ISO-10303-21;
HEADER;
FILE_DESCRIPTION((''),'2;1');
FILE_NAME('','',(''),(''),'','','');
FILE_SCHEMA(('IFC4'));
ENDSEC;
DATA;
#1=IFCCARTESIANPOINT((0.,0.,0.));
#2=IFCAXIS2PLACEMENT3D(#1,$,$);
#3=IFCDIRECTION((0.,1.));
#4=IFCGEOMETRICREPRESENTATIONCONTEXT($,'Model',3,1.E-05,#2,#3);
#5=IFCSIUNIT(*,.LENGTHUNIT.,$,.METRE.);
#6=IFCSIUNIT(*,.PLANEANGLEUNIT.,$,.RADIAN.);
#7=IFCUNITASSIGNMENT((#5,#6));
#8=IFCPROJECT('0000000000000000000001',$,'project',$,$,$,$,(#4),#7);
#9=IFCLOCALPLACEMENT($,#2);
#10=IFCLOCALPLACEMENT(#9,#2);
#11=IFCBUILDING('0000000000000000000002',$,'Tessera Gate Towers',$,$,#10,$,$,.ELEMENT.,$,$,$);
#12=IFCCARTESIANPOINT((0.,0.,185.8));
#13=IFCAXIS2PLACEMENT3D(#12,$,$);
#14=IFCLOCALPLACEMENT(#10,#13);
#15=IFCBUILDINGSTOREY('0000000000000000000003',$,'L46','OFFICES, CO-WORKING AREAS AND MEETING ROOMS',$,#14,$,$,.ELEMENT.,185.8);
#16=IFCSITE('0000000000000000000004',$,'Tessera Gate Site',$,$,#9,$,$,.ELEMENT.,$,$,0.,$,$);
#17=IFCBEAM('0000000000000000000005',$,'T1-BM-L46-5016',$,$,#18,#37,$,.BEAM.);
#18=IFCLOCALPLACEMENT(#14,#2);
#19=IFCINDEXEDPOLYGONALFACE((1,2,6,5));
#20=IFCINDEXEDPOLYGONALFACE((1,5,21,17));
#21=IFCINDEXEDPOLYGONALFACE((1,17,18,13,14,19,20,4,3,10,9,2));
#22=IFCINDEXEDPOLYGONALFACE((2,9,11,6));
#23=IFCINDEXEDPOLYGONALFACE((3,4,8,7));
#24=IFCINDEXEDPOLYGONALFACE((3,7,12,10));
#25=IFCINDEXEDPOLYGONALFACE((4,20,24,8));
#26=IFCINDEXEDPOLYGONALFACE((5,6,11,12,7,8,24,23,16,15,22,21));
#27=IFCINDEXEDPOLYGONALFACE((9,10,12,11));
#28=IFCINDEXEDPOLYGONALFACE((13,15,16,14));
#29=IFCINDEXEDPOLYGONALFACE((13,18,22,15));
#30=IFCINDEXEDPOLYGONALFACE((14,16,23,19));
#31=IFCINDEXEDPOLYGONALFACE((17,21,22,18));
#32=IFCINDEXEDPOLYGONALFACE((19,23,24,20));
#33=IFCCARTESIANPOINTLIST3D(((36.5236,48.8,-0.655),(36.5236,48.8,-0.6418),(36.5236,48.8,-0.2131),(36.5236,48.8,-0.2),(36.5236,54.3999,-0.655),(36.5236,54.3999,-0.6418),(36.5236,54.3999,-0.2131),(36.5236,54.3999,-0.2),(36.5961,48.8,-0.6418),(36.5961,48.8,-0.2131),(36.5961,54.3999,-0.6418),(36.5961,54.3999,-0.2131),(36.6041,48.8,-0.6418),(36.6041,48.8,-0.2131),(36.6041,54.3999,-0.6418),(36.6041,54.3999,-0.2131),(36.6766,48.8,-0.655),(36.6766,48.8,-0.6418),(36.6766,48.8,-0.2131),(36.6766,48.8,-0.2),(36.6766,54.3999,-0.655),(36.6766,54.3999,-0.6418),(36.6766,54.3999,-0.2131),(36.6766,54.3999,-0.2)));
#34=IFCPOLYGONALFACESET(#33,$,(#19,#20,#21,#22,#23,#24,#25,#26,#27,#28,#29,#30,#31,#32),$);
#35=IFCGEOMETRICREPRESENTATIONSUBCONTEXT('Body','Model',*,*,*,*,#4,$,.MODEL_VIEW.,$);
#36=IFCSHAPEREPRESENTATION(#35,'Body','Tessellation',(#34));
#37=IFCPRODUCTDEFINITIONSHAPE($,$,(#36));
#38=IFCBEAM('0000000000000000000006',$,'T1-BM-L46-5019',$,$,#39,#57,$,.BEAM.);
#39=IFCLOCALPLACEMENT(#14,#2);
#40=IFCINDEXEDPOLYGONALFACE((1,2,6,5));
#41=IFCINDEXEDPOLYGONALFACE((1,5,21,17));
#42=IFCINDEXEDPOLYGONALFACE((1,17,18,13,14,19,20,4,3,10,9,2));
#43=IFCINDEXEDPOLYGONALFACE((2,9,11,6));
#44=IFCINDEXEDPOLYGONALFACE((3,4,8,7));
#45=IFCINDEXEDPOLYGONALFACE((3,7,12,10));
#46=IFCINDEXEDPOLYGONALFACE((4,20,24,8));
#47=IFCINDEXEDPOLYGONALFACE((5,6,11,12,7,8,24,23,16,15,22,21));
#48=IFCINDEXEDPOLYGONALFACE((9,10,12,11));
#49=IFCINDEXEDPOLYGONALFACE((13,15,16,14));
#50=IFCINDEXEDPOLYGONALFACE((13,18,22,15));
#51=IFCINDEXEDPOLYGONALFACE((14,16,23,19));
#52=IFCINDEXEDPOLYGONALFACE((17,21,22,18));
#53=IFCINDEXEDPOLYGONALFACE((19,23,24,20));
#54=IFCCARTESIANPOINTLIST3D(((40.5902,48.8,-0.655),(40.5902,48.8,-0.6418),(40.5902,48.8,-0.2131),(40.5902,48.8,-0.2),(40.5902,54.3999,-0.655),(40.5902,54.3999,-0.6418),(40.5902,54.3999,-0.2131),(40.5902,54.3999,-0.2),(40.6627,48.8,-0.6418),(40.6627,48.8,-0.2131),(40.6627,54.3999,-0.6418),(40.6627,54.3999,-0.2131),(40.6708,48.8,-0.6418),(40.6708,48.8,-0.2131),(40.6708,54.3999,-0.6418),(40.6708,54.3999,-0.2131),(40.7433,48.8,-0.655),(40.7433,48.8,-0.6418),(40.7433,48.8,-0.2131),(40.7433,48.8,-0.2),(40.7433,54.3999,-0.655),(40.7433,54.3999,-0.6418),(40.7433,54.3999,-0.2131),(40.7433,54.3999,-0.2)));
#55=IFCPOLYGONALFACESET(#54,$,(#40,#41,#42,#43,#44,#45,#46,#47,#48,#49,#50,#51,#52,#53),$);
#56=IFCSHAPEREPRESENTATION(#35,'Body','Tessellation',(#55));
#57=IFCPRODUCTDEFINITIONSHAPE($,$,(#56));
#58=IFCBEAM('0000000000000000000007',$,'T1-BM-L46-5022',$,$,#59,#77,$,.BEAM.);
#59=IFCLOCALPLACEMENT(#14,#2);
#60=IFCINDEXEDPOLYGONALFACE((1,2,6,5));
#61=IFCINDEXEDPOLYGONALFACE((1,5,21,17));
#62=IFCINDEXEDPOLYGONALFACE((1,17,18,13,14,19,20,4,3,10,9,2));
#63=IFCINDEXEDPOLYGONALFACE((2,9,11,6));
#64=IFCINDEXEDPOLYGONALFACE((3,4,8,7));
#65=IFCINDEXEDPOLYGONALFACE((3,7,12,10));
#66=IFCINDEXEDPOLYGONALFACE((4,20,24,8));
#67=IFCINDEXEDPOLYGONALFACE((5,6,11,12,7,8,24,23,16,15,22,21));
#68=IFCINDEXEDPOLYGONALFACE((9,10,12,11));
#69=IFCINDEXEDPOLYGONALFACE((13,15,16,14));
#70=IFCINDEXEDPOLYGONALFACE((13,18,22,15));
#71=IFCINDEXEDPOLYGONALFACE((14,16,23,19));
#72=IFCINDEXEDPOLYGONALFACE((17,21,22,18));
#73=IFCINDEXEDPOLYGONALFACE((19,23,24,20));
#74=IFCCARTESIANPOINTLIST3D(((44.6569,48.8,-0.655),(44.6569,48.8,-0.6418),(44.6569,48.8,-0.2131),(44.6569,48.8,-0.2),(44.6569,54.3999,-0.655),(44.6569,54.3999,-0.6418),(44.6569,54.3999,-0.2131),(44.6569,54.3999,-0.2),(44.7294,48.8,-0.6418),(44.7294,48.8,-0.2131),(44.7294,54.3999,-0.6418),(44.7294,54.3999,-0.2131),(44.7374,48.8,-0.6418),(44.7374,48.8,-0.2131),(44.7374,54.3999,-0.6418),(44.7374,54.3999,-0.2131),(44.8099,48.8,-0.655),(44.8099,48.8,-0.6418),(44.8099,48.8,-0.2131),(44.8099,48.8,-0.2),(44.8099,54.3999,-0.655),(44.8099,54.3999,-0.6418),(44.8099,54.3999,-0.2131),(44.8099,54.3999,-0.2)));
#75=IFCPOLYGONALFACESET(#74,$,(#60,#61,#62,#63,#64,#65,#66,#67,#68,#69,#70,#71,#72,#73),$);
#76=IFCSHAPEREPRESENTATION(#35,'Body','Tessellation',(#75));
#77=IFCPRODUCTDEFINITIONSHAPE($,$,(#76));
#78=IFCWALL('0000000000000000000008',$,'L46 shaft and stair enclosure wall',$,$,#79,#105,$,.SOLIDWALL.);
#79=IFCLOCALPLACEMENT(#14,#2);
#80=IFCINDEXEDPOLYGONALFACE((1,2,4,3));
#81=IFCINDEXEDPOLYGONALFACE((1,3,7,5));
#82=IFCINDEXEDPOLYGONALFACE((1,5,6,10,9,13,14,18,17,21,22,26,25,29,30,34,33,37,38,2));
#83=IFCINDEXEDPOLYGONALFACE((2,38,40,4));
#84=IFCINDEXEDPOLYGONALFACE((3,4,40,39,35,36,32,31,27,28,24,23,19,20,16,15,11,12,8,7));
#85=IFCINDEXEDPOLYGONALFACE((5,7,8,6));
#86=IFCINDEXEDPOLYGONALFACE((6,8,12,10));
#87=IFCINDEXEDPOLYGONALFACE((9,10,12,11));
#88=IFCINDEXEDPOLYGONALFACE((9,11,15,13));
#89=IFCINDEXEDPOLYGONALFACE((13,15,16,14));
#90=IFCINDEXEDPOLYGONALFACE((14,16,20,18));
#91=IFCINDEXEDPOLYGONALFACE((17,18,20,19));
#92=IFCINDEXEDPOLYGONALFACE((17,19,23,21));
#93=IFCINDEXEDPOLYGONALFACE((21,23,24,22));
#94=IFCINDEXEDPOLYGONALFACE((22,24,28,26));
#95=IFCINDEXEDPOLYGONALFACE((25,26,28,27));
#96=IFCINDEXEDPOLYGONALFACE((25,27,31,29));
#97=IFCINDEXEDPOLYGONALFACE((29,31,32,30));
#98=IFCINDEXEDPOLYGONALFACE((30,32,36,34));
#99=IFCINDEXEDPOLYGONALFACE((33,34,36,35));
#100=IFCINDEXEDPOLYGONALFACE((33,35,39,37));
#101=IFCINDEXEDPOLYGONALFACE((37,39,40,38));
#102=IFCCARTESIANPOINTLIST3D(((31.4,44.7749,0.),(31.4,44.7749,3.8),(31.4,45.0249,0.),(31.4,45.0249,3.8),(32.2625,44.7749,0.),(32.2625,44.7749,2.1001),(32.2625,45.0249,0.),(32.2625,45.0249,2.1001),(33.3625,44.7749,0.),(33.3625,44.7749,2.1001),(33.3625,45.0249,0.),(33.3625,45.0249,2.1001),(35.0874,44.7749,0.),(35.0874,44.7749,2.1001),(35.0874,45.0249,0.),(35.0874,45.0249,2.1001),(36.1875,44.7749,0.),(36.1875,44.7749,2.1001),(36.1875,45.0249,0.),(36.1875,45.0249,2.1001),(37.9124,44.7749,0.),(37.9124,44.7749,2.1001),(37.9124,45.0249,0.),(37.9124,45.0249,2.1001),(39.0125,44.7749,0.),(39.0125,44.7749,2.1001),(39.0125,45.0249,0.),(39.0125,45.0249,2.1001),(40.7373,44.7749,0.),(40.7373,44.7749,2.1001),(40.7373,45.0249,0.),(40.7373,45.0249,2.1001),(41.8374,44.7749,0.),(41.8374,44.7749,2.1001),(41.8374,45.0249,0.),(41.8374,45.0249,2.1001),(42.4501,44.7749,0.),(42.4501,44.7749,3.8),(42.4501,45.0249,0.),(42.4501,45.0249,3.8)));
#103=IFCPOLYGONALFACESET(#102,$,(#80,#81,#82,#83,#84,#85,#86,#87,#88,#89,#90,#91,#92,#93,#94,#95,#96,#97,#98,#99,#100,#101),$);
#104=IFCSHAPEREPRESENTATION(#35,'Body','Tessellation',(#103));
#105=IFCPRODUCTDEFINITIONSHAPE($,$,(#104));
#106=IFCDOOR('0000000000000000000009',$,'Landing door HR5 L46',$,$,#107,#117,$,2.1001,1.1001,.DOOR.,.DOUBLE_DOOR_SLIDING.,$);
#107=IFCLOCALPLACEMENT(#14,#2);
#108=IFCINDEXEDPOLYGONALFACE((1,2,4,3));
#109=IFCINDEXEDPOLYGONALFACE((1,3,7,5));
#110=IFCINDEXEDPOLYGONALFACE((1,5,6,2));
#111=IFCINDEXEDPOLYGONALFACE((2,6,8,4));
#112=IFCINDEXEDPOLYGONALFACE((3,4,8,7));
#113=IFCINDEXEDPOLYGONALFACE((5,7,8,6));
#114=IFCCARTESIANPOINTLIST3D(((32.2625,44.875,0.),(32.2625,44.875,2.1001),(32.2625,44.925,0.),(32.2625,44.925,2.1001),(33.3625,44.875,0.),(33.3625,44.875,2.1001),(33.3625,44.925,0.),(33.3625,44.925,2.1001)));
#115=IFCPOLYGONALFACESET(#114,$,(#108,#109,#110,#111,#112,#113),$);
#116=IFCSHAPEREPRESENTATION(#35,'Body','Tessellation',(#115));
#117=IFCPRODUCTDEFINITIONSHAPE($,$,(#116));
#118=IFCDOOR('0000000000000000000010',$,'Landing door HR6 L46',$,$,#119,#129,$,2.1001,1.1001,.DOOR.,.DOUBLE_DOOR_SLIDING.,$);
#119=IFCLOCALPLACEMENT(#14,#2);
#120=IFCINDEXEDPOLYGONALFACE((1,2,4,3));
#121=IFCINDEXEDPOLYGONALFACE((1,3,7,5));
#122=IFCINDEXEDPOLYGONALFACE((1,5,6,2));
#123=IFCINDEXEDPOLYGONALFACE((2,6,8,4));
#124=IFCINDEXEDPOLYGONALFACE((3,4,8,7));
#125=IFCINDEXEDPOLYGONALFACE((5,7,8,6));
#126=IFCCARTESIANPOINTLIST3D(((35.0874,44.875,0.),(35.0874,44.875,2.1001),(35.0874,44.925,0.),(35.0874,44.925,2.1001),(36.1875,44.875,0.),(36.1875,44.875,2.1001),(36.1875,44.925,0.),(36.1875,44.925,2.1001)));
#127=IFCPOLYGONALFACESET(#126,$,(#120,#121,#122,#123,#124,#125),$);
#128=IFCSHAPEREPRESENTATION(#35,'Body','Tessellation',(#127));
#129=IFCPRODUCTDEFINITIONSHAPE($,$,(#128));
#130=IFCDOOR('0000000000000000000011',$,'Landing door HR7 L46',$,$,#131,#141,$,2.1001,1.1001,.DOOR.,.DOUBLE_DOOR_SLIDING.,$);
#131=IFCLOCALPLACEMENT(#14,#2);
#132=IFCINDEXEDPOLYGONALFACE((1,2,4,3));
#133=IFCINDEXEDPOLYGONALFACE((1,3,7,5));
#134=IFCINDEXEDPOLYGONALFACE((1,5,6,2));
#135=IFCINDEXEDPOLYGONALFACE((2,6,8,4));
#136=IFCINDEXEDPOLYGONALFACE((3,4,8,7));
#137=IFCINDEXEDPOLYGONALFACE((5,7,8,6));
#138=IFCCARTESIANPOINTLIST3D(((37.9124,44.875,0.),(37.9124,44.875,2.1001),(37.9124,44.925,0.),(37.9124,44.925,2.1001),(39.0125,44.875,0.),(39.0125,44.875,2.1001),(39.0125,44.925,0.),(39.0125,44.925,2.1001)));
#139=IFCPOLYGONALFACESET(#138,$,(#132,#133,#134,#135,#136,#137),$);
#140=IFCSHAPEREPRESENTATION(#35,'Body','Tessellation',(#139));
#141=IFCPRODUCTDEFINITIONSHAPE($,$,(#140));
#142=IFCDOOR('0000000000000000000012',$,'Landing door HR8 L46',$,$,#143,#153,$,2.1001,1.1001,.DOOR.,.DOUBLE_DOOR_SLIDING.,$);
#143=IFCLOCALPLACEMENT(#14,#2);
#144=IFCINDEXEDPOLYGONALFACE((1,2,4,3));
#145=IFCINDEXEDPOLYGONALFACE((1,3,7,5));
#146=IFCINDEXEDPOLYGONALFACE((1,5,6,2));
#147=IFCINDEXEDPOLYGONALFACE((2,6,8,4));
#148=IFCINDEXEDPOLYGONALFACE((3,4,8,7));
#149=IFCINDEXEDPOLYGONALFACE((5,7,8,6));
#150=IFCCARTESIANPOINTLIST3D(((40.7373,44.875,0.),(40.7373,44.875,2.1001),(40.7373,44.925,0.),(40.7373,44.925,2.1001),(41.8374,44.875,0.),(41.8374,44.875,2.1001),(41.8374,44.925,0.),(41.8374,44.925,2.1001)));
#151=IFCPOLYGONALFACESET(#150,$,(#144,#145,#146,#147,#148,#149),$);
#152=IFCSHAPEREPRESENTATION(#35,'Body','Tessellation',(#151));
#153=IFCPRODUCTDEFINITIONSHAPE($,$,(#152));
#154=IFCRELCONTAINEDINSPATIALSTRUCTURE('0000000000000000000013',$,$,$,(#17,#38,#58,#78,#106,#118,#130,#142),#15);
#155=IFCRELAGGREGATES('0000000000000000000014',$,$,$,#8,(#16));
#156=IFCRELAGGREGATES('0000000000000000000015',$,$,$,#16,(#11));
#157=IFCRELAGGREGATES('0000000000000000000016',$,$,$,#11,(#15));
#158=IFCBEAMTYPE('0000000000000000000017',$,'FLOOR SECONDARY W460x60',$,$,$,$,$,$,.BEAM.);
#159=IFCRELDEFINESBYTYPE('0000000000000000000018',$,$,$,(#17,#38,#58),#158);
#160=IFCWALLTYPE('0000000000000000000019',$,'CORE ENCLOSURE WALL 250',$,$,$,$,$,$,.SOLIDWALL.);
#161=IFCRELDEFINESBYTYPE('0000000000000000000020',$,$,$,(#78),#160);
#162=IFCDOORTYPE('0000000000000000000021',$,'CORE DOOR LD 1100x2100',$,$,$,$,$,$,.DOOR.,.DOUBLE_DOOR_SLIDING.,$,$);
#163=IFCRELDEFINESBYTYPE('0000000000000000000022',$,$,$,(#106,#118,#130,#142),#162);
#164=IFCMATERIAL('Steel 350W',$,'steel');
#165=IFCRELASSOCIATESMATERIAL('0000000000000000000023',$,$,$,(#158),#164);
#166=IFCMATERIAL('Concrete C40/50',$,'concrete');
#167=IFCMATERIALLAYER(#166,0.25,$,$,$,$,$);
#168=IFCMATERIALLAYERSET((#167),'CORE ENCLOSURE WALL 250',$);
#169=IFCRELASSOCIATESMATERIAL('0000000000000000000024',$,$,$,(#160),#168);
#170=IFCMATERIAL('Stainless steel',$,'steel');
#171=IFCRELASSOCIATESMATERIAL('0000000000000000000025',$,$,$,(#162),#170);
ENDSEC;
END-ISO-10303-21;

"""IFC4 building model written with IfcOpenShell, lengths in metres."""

from ifc_helpers import new_model, si_unit, direction, frame, frame_2d, origin, origin_2d, place, context, subcontext, project, spatial, rectangle, i_section, extrude, source, transform, mapped, material, layer, layer_set, material_profile, profile_set, type_object, element, fill, save


model = new_model("IFC4")

# Units and contexts
model_context = context("Model", 3, precision=1e-05, world=origin(), true_north=direction((0.0, 1.0)))
body_context = subcontext(model_context, "Body", "Model", "MODEL_VIEW")
ifc_project = project(units=[si_unit("LENGTHUNIT", "METRE"), si_unit("PLANEANGLEUNIT", "RADIAN")], contexts=[model_context])

# Site, building, storey
site_placement = place(None, origin())
site = spatial("IfcSite", under=ifc_project, at=site_placement, Name="Tessera Gate Site", CompositionType="ELEMENT", RefElevation=0.0)
building_placement = place(site_placement, origin())
building = spatial("IfcBuilding", under=site, at=building_placement, Name="Tessera Gate Towers", CompositionType="ELEMENT")
storey_placement = place(building_placement, frame((0.0, 0.0, 185.8)))
storey = spatial("IfcBuildingStorey", under=building, at=storey_placement, Name="L46", Description="OFFICES, CO-WORKING AREAS AND MEETING ROOMS", CompositionType="ELEMENT", Elevation=185.8)

# Beams
ifc_material_1 = material(Name="Steel 350W", Category="steel")
ifc_material_profile = material_profile(ifc_material_1, i_section(OverallWidth=0.1531, OverallDepth=0.4551, WebThickness=0.0081, FlangeThickness=0.0132, at=origin_2d()), Name="W460x60")
ifc_profile_set = profile_set([ifc_material_profile], Name="Steel 350W")
beam_type = type_object("IfcBeamType", Name="FLOOR SECONDARY W460x60", PredefinedType="BEAM", material=ifc_profile_set)
for number, where, z_axis, x_axis, name in (
    (1, (36.6001, 48.8, -0.4275), (0.0, 1.0, 0.0), (-1.0, 0.0, 0.0), "T1-BM-L46-5016"),
    (2, (40.6667, 48.8, -0.4275), (0.0, 1.0, 0.0), (-1.0, 0.0, 0.0), "T1-BM-L46-5019"),
    (3, (44.7334, 48.8, -0.4275), (0.0, 1.0, 0.0), (-1.0, 0.0, 0.0), "T1-BM-L46-5022"),
):
    element("IfcBeam", number, at=place(storey_placement, frame(where, z_axis=z_axis, x_axis=x_axis)), inside=storey, type_object=beam_type, Name=name, PredefinedType="BEAM", context=body_context, shape_type="SweptSolid", body=[
        extrude(i_section(OverallWidth=0.1531, OverallDepth=0.4551, WebThickness=0.0081, FlangeThickness=0.0132, at=origin_2d()), origin(), (0.0, 0.0, 1.0), 5.5999),
    ])

# Wall, openings, doors
ifc_material_2 = material(Name="Concrete C40/50", Category="concrete")
ifc_layer_1 = layer(ifc_material_2, 0.25)
ifc_layer_set_1 = layer_set([ifc_layer_1], Name="CORE ENCLOSURE WALL 250")
wall_type_1 = type_object("IfcWallType", Name="CORE ENCLOSURE WALL 250", PredefinedType="SOLIDWALL", material=ifc_layer_set_1)
wall_1_placement = place(storey_placement, frame((42.45, 44.8999, 0.0), z_axis=(0.0, 0.0, 1.0), x_axis=(-1.0, 0.0, 0.0)))
wall_1 = element("IfcWall", 4, at=wall_1_placement, inside=storey, type_object=wall_type_1, Name="L46 shaft and stair enclosure wall", PredefinedType="SOLIDWALL", context=body_context, shape_type="SweptSolid", body=[
    extrude(rectangle(XDim=11.05, YDim=0.25, at=frame_2d((5.5249, 0.0))), origin(), (0.0, 0.0, 1.0), 3.8),
])
shared_shape_1 = source(origin(), body_context, "Body", "SweptSolid", [
    extrude(rectangle(XDim=1.1001, YDim=2.1001, at=frame_2d((0.55, 1.05))), frame((0.0, 0.135, 0.0), z_axis=(0.0, -1.0, 0.0), x_axis=(1.0, 0.0, 0.0)), (0.0, 0.0, 1.0), 0.27),
])
opening_1_placement = place(wall_1_placement, frame((9.0874, 0.0, 0.0)))
opening_1 = element("IfcOpeningElement", 5, at=opening_1_placement, cuts=wall_1, PredefinedType="OPENING", context=body_context, shape_type="MappedRepresentation", body=[
    mapped(shared_shape_1, transform((0.0, 0.0, 0.0), scale=1.0)),
])
opening_2_placement = place(wall_1_placement, frame((6.2625, 0.0, 0.0)))
opening_2 = element("IfcOpeningElement", 6, at=opening_2_placement, cuts=wall_1, PredefinedType="OPENING", context=body_context, shape_type="MappedRepresentation", body=[
    mapped(shared_shape_1, transform((0.0, 0.0, 0.0), scale=1.0)),
])
opening_3_placement = place(wall_1_placement, frame((3.4375, 0.0, 0.0)))
opening_3 = element("IfcOpeningElement", 7, at=opening_3_placement, cuts=wall_1, PredefinedType="OPENING", context=body_context, shape_type="MappedRepresentation", body=[
    mapped(shared_shape_1, transform((0.0, 0.0, 0.0), scale=1.0)),
])
opening_4_placement = place(wall_1_placement, frame((0.6125, 0.0, 0.0)))
opening_4 = element("IfcOpeningElement", 8, at=opening_4_placement, cuts=wall_1, PredefinedType="OPENING", context=body_context, shape_type="MappedRepresentation", body=[
    mapped(shared_shape_1, transform((0.0, 0.0, 0.0), scale=1.0)),
])
ifc_material_3 = material(Name="Stainless steel", Category="steel")
door_type_1 = type_object("IfcDoorType", Name="CORE DOOR LD 1100x2100", OperationType="DOUBLE_DOOR_SLIDING", PredefinedType="DOOR", material=ifc_material_3)
shared_shape_2 = source(origin(), body_context, "Body", "SweptSolid", [
    extrude(rectangle(XDim=1.1001, YDim=2.1001, at=frame_2d((0.55, 1.05))), frame((0.0, 0.0249, 0.0), z_axis=(0.0, -1.0, 0.0), x_axis=(1.0, 0.0, 0.0)), (0.0, 0.0, 1.0), 0.05),
])
door_1_placement = place(opening_1_placement, origin())
door_1 = element("IfcDoor", 9, at=door_1_placement, inside=storey, type_object=door_type_1, Name="Landing door HR5 L46", OperationType="DOUBLE_DOOR_SLIDING", OverallHeight=2.1001, OverallWidth=1.1001, PredefinedType="DOOR", context=body_context, shape_type="MappedRepresentation", body=[
    mapped(shared_shape_2, transform((0.0, 0.0, 0.0), scale=1.0)),
])
fill(opening_1, door_1)
door_2_placement = place(opening_2_placement, origin())
door_2 = element("IfcDoor", 10, at=door_2_placement, inside=storey, type_object=door_type_1, Name="Landing door HR6 L46", OperationType="DOUBLE_DOOR_SLIDING", OverallHeight=2.1001, OverallWidth=1.1001, PredefinedType="DOOR", context=body_context, shape_type="MappedRepresentation", body=[
    mapped(shared_shape_2, transform((0.0, 0.0, 0.0), scale=1.0)),
])
fill(opening_2, door_2)
door_3_placement = place(opening_3_placement, origin())
door_3 = element("IfcDoor", 11, at=door_3_placement, inside=storey, type_object=door_type_1, Name="Landing door HR7 L46", OperationType="DOUBLE_DOOR_SLIDING", OverallHeight=2.1001, OverallWidth=1.1001, PredefinedType="DOOR", context=body_context, shape_type="MappedRepresentation", body=[
    mapped(shared_shape_2, transform((0.0, 0.0, 0.0), scale=1.0)),
])
fill(opening_3, door_3)
door_4_placement = place(opening_4_placement, origin())
door_4 = element("IfcDoor", 12, at=door_4_placement, inside=storey, type_object=door_type_1, Name="Landing door HR8 L46", OperationType="DOUBLE_DOOR_SLIDING", OverallHeight=2.1001, OverallWidth=1.1001, PredefinedType="DOOR", context=body_context, shape_type="MappedRepresentation", body=[
    mapped(shared_shape_2, transform((0.0, 0.0, 0.0), scale=1.0)),
])
fill(opening_4, door_4)

save(model, "model.ifc")
